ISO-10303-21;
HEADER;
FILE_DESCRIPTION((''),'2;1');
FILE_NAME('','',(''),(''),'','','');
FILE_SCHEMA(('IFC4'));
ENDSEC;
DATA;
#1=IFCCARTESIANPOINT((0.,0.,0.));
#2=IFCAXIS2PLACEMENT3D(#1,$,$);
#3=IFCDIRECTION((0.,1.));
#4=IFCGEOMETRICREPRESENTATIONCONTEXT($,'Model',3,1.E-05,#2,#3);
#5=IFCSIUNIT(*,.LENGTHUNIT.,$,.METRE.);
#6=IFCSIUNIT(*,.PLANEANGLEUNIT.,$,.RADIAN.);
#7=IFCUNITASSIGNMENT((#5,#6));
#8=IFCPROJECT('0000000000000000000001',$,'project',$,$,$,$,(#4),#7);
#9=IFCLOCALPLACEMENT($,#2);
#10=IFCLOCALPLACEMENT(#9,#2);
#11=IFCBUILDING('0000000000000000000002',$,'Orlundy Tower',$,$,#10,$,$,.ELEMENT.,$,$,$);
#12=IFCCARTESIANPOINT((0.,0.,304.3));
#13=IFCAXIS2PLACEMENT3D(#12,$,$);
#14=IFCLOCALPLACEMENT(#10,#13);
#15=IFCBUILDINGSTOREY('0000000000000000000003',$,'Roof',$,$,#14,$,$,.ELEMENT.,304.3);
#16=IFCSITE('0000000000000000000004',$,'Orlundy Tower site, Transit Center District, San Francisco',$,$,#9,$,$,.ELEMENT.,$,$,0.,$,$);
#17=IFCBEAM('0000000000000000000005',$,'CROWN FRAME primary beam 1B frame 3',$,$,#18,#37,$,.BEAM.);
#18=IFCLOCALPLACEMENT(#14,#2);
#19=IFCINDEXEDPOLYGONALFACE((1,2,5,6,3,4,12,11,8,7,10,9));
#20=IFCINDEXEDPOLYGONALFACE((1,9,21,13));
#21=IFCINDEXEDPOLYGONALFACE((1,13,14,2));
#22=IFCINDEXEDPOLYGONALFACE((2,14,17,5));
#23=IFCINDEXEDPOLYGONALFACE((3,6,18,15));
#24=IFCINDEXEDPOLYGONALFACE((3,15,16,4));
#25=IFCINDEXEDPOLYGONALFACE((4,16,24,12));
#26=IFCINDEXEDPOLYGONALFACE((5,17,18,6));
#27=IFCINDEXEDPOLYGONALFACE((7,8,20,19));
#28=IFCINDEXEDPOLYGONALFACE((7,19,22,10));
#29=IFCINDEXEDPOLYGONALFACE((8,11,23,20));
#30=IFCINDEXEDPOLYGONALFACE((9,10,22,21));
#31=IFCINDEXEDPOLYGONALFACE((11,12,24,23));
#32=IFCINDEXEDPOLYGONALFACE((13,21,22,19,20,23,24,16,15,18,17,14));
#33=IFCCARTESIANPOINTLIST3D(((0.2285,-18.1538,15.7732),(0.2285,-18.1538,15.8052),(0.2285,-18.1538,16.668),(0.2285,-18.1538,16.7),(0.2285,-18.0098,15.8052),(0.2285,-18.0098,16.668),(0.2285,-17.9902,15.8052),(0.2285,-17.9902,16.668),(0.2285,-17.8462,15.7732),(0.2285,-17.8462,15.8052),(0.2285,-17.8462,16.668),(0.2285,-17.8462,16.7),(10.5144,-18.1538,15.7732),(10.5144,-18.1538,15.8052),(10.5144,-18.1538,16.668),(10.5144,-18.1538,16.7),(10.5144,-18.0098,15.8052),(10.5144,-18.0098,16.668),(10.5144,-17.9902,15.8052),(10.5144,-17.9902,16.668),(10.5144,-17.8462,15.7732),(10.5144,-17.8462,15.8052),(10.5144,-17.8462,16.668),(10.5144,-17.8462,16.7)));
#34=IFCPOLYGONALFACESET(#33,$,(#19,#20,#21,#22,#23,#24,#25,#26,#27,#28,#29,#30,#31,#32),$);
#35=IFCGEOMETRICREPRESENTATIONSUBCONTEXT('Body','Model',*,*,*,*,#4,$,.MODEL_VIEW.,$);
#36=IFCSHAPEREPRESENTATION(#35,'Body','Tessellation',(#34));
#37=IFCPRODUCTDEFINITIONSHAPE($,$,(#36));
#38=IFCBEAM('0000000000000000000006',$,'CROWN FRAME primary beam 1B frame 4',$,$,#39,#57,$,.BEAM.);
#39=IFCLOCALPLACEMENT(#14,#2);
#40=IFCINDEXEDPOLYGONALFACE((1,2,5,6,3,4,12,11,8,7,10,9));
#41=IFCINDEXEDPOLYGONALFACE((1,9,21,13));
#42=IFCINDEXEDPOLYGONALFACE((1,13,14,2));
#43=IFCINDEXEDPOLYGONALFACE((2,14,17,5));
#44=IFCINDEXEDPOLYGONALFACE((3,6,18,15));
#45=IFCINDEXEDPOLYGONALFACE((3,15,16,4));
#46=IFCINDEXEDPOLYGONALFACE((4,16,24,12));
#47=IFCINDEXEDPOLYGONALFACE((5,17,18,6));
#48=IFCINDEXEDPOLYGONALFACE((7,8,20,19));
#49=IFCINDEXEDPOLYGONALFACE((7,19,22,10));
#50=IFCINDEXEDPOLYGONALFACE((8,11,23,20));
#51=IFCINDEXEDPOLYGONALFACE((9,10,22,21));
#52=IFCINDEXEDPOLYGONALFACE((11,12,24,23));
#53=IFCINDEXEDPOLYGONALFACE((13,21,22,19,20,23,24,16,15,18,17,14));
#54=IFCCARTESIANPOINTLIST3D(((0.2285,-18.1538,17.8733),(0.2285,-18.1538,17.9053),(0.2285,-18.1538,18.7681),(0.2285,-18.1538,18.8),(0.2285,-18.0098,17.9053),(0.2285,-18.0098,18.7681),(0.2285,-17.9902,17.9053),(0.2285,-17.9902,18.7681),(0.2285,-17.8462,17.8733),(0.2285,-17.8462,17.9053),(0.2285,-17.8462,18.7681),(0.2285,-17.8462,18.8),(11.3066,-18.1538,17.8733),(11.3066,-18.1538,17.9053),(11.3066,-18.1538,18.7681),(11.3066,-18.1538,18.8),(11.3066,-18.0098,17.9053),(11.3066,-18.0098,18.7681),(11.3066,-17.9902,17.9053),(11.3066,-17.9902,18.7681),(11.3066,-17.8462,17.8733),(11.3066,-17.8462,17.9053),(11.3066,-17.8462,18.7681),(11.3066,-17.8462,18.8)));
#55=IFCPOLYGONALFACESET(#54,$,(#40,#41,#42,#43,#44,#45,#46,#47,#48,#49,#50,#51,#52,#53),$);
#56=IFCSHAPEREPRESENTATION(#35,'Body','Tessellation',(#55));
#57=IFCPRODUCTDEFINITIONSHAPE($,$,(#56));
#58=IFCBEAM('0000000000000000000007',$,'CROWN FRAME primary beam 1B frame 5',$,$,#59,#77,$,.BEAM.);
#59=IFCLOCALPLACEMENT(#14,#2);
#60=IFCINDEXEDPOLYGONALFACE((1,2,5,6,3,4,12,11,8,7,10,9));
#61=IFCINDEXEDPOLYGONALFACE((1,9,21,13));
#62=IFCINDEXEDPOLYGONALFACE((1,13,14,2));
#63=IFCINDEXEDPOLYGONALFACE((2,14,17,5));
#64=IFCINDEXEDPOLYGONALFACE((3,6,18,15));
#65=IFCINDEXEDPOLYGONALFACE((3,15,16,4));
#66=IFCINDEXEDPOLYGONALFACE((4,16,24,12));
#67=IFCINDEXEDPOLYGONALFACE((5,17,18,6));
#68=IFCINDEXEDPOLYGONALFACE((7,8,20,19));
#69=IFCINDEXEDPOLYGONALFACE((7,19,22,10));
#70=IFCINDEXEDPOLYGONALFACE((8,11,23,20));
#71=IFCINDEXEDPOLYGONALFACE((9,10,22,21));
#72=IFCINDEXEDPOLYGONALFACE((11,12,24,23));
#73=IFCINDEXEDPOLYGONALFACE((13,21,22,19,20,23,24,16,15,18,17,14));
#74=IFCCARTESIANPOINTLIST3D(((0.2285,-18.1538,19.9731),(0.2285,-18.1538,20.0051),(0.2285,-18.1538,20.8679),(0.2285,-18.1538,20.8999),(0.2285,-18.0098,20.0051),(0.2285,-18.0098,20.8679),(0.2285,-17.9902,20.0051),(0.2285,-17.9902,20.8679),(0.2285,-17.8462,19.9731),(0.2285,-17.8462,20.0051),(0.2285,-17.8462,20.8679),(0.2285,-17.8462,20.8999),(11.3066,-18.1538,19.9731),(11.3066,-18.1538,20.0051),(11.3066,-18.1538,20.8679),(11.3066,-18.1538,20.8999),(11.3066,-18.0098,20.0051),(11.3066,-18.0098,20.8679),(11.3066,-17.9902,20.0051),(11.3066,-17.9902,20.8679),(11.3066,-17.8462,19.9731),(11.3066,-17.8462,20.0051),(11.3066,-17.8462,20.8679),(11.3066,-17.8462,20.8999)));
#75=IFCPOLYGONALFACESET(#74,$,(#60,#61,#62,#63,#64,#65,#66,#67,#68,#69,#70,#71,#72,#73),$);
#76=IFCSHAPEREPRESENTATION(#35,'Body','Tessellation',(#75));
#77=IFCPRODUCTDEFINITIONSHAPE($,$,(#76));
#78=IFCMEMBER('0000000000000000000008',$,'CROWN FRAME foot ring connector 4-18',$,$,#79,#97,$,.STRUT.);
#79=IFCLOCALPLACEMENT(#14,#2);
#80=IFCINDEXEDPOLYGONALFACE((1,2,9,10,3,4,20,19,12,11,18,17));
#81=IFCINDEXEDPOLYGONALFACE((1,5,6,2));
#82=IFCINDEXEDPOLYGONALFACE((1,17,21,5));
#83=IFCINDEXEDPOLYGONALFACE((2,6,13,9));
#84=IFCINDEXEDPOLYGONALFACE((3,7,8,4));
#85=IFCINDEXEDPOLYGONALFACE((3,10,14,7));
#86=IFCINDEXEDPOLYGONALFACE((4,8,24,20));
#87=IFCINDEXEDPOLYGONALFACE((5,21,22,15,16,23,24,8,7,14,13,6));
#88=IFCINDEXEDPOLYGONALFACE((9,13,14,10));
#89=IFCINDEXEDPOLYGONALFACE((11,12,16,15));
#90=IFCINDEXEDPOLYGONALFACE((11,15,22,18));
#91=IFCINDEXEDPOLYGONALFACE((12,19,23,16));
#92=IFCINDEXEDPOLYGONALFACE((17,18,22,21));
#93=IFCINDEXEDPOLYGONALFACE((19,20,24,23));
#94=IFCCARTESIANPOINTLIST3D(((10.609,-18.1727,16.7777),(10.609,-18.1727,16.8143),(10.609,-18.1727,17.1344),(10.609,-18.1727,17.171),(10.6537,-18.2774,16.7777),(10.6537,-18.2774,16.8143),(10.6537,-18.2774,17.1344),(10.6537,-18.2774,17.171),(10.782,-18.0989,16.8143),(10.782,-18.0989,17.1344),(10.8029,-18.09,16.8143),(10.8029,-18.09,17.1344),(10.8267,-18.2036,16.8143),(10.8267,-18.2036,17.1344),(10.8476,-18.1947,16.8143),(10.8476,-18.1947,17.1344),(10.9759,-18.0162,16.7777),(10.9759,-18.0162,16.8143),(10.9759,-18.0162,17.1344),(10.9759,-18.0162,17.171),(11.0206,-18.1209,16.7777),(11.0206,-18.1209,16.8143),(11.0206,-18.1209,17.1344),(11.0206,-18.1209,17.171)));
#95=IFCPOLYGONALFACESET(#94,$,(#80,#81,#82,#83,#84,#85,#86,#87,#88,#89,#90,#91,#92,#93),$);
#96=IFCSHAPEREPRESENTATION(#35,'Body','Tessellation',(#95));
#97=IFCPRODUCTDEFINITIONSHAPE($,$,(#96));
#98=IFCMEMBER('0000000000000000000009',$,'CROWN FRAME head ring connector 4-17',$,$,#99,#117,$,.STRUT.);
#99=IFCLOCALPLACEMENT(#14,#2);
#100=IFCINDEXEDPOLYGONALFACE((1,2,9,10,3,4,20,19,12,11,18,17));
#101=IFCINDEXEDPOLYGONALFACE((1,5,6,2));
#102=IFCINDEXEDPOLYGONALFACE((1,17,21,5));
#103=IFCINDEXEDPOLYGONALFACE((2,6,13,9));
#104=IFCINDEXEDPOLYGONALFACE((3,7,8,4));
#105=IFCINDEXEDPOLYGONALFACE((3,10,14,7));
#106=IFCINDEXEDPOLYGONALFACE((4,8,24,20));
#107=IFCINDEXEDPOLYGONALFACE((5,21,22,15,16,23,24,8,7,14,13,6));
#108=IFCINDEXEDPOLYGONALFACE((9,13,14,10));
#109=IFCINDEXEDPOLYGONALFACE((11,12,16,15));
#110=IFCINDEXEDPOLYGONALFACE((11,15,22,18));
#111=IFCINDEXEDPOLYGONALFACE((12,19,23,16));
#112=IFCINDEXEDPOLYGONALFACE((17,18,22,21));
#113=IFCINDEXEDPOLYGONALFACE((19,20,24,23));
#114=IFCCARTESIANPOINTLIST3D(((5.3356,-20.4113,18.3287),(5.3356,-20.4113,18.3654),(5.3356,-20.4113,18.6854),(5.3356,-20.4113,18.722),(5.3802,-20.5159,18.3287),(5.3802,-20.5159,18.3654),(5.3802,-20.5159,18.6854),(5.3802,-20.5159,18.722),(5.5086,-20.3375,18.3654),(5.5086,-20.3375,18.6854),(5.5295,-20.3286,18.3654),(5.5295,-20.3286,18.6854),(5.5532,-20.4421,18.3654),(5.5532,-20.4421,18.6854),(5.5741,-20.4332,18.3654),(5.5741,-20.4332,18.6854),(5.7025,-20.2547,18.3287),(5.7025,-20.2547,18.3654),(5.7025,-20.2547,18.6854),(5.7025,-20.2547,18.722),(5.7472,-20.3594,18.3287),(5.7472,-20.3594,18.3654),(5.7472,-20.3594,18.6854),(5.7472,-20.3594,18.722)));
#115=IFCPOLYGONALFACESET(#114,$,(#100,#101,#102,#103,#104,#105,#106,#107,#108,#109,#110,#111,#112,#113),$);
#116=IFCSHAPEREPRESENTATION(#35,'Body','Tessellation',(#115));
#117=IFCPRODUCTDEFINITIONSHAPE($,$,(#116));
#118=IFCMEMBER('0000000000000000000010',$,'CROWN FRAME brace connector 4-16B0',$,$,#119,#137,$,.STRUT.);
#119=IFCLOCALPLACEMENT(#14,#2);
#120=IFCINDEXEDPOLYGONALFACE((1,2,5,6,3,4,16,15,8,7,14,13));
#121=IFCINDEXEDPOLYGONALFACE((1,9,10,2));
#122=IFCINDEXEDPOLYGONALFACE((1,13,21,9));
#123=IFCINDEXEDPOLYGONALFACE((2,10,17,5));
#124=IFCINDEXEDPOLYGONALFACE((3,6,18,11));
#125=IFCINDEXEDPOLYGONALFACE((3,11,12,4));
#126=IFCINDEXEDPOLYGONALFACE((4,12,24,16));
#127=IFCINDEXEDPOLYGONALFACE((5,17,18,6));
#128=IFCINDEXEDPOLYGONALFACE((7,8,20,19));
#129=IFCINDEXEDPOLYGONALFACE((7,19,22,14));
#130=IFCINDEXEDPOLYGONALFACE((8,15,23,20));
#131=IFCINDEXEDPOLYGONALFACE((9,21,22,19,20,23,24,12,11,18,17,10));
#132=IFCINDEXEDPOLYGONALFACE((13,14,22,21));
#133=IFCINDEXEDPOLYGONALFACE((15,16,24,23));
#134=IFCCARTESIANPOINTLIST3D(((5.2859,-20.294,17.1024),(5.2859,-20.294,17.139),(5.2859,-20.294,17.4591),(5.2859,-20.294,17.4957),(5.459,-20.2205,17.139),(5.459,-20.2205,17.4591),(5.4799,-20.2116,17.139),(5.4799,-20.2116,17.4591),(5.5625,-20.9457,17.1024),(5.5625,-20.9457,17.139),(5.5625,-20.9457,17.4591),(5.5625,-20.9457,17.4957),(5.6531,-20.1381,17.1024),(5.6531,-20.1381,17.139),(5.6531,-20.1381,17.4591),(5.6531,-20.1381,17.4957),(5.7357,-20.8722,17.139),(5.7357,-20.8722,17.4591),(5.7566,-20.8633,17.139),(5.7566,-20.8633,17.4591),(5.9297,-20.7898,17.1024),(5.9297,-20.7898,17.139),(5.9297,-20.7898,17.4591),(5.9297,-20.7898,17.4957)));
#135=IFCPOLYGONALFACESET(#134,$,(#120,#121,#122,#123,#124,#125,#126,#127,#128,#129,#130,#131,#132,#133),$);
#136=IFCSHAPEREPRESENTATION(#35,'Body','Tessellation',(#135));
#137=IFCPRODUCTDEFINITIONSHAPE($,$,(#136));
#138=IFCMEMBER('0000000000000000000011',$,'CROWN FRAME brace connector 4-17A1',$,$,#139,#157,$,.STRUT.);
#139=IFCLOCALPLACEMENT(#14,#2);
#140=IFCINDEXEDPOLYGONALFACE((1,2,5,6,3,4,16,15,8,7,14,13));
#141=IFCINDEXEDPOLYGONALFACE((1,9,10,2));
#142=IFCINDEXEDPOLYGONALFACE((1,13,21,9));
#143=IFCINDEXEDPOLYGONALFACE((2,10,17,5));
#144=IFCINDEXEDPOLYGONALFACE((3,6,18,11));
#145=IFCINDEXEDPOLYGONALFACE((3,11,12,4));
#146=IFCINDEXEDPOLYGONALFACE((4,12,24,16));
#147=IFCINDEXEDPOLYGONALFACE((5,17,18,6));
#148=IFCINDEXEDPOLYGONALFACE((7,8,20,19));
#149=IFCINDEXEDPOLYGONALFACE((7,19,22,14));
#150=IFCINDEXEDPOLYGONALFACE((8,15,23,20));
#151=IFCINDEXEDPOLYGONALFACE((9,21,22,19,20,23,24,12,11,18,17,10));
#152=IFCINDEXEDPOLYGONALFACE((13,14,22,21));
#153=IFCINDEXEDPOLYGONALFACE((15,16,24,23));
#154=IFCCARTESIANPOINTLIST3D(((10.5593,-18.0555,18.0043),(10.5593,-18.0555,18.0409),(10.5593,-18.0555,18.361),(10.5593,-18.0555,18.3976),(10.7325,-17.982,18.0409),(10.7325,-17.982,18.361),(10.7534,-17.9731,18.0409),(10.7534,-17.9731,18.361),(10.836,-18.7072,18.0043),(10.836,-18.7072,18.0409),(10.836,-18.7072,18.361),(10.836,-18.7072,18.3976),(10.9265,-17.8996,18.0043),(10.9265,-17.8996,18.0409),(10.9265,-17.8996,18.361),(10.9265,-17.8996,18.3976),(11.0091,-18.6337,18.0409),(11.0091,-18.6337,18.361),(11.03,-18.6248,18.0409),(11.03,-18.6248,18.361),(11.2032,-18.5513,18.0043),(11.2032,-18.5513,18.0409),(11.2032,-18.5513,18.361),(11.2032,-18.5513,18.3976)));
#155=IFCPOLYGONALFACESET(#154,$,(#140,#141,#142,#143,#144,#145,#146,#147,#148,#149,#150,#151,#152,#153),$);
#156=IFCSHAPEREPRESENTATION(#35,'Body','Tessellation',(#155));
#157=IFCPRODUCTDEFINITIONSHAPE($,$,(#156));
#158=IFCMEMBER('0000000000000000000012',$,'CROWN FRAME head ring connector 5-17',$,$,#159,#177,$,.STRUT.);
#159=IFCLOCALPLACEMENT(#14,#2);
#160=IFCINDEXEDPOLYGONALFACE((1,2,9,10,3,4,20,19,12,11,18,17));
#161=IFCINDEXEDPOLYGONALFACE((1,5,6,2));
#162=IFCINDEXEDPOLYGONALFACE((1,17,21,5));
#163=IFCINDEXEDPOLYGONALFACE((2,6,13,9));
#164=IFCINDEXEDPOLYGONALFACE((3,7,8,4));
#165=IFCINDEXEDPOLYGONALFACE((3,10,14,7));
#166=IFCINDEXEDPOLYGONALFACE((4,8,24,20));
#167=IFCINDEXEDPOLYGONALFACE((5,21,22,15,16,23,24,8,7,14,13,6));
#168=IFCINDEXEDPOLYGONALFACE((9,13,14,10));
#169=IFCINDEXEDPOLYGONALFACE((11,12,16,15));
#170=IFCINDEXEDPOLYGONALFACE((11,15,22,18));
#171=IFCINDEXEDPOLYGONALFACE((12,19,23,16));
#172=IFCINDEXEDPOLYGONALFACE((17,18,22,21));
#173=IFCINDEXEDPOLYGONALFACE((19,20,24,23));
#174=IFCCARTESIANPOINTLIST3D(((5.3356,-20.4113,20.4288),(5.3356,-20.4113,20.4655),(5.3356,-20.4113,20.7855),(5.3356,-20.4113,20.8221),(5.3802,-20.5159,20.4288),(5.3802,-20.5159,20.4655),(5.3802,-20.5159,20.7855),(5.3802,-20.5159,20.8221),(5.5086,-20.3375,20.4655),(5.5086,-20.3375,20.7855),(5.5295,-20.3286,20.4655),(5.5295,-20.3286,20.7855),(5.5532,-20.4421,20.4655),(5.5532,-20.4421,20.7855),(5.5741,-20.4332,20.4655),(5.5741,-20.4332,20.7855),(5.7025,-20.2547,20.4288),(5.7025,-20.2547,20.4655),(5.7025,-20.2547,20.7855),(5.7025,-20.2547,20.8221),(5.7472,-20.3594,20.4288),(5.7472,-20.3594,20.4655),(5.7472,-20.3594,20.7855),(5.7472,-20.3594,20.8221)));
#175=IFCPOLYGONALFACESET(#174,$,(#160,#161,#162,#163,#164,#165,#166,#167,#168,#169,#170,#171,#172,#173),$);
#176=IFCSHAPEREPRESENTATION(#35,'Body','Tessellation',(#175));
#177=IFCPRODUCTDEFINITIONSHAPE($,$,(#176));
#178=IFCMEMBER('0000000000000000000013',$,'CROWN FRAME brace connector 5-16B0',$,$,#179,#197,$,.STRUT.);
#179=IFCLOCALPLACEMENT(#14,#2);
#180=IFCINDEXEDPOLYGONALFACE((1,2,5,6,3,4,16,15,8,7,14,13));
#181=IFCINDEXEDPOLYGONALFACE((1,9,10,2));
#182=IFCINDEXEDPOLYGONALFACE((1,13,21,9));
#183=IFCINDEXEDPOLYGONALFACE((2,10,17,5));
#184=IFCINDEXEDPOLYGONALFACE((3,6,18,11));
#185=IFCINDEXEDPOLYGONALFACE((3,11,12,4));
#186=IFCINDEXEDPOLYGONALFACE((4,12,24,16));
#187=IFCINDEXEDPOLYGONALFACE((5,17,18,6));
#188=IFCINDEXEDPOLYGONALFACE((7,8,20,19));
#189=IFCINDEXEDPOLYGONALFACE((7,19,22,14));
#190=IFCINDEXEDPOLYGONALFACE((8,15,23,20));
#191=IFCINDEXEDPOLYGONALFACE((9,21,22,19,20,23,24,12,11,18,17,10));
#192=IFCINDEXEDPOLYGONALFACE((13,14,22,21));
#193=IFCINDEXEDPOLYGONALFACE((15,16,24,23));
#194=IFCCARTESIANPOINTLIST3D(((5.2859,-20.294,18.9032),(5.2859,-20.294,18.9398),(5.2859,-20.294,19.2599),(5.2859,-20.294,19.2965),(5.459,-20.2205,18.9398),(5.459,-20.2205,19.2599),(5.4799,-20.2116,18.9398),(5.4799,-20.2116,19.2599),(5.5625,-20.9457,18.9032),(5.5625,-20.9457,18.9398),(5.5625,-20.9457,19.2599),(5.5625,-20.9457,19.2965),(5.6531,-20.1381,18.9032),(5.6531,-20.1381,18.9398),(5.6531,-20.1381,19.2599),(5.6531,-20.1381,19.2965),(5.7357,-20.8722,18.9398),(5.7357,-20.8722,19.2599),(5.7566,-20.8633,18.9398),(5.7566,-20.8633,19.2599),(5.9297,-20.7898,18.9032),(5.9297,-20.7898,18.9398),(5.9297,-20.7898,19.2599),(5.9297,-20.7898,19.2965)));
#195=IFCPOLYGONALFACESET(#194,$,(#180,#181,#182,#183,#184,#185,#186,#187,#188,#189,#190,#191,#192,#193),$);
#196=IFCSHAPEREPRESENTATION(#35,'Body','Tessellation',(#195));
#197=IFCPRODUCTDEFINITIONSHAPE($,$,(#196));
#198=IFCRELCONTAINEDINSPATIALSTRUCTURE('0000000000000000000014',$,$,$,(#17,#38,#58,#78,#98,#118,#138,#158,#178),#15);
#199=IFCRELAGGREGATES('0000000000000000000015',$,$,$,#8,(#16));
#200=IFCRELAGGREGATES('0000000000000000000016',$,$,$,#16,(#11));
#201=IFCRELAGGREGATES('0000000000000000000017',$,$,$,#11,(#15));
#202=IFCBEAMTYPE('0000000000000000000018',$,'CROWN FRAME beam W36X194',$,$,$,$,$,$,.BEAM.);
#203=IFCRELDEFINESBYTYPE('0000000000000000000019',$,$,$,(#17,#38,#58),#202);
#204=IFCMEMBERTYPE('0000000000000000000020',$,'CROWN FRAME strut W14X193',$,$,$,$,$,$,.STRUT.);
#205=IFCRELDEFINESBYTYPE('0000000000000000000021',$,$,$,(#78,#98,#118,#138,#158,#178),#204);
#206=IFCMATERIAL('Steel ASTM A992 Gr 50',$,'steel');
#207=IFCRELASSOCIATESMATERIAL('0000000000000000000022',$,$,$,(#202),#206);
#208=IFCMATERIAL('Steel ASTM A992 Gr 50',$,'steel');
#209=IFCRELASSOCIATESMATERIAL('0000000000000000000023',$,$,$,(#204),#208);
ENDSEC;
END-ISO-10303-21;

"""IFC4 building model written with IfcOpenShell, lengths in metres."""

from ifc_helpers import new_model, si_unit, direction, frame, origin, origin_2d, place, context, subcontext, project, spatial, i_section, extrude, material, material_profile, profile_set, type_object, element, save


model = new_model("IFC4")

# Units and contexts
model_context = context("Model", 3, precision=1e-05, world=origin(), true_north=direction((0.0, 1.0)))
body_context = subcontext(model_context, "Body", "Model", "MODEL_VIEW")
ifc_project = project(units=[si_unit("LENGTHUNIT", "METRE"), si_unit("PLANEANGLEUNIT", "RADIAN")], contexts=[model_context])

# Site, building, storey
site_placement = place(None, origin())
site = spatial("IfcSite", under=ifc_project, at=site_placement, Name="Orlundy Tower site, Transit Center District, San Francisco", CompositionType="ELEMENT", RefElevation=0.0)
building_placement = place(site_placement, origin())
building = spatial("IfcBuilding", under=site, at=building_placement, Name="Orlundy Tower", CompositionType="ELEMENT")
storey_placement = place(building_placement, frame((0.0, 0.0, 304.3)))
storey = spatial("IfcBuildingStorey", under=building, at=storey_placement, Name="Roof", CompositionType="ELEMENT", Elevation=304.3)

# Beams
ifc_material_1 = material(Name="Steel ASTM A992 Gr 50", Category="steel")
ifc_material_profile_1 = material_profile(ifc_material_1, i_section(OverallWidth=0.3076, OverallDepth=0.9268, WebThickness=0.0195, FlangeThickness=0.032, at=origin_2d()), Name="W36X194")
ifc_profile_set_1 = profile_set([ifc_material_profile_1], Name="Steel ASTM A992 Gr 50")
beam_type_1 = type_object("IfcBeamType", Name="CROWN FRAME beam W36X194", PredefinedType="BEAM", material=ifc_profile_set_1)
beam_1_placement = place(storey_placement, frame((0.2285, -18.0, 16.2366), z_axis=(1.0, 0.0, 0.0), x_axis=(0.0, 1.0, 0.0)))
element("IfcBeam", 1, at=beam_1_placement, inside=storey, type_object=beam_type_1, Name="CROWN FRAME primary beam 1B frame 3", PredefinedType="BEAM", context=body_context, shape_type="SweptSolid", body=[
    extrude(i_section(OverallWidth=0.3076, OverallDepth=0.9268, WebThickness=0.0195, FlangeThickness=0.032, at=origin_2d()), origin(), (0.0, 0.0, 1.0), 10.2859),
])
for number, where, z_axis, x_axis, name in (
    (2, (0.2285, -18.0, 18.3367), (1.0, 0.0, 0.0), (0.0, 1.0, 0.0), "CROWN FRAME primary beam 1B frame 4"),
    (3, (0.2285, -18.0, 20.4365), (1.0, 0.0, 0.0), (0.0, 1.0, 0.0), "CROWN FRAME primary beam 1B frame 5"),
):
    element("IfcBeam", number, at=place(storey_placement, frame(where, z_axis=z_axis, x_axis=x_axis)), inside=storey, type_object=beam_type_1, Name=name, PredefinedType="BEAM", context=body_context, shape_type="SweptSolid", body=[
        extrude(i_section(OverallWidth=0.3076, OverallDepth=0.9268, WebThickness=0.0195, FlangeThickness=0.032, at=origin_2d()), origin(), (0.0, 0.0, 1.0), 11.0781),
    ])

# Members
ifc_material_2 = material(Name="Steel ASTM A992 Gr 50", Category="steel")
ifc_material_profile_2 = material_profile(ifc_material_2, i_section(OverallWidth=0.3989, OverallDepth=0.3933, WebThickness=0.0227, FlangeThickness=0.0366, at=origin_2d()), Name="W14X193")
ifc_profile_set_2 = profile_set([ifc_material_profile_2], Name="Steel ASTM A992 Gr 50")
member_type = type_object("IfcMemberType", Name="CROWN FRAME strut W14X193", PredefinedType="STRUT", material=ifc_profile_set_2)
for number, where, z_axis, x_axis, name in (
    (4, (10.7925, -18.0945, 16.9744), (0.392366, -0.919809, 0.0), (0.919809, 0.392366, 0.0), "CROWN FRAME foot ring connector 4-18"),
    (5, (5.519, -20.333, 18.5254), (0.392366, -0.919809, 0.0), (0.919809, 0.392366, 0.0), "CROWN FRAME head ring connector 4-17"),
):
    element("IfcMember", number, at=place(storey_placement, frame(where, z_axis=z_axis, x_axis=x_axis)), inside=storey, type_object=member_type, Name=name, PredefinedType="STRUT", context=body_context, shape_type="SweptSolid", body=[
        extrude(i_section(OverallWidth=0.3989, OverallDepth=0.3933, WebThickness=0.0227, FlangeThickness=0.0366, at=origin_2d()), origin(), (0.0, 0.0, 1.0), 0.1138),
    ])
for number, where, z_axis, x_axis, name in (
    (6, (5.4695, -20.2161, 17.2991), (0.390754, -0.920495, 0.0), (0.920495, 0.390754, 0.0), "CROWN FRAME brace connector 4-16B0"),
    (7, (10.7429, -17.9775, 18.2009), (0.390754, -0.920495, 0.0), (0.920495, 0.390754, 0.0), "CROWN FRAME brace connector 4-17A1"),
):
    element("IfcMember", number, at=place(storey_placement, frame(where, z_axis=z_axis, x_axis=x_axis)), inside=storey, type_object=member_type, Name=name, PredefinedType="STRUT", context=body_context, shape_type="SweptSolid", body=[
        extrude(i_section(OverallWidth=0.3989, OverallDepth=0.3933, WebThickness=0.0227, FlangeThickness=0.0366, at=origin_2d()), origin(), (0.0, 0.0, 1.0), 0.708),
    ])
member_placement = place(storey_placement, frame((5.519, -20.333, 20.6255), z_axis=(0.392366, -0.919809, 0.0), x_axis=(0.919809, 0.392366, 0.0)))
element("IfcMember", 8, at=member_placement, inside=storey, type_object=member_type, Name="CROWN FRAME head ring connector 5-17", PredefinedType="STRUT", context=body_context, shape_type="SweptSolid", body=[
    extrude(i_section(OverallWidth=0.3989, OverallDepth=0.3933, WebThickness=0.0227, FlangeThickness=0.0366, at=origin_2d()), origin(), (0.0, 0.0, 1.0), 0.1138),
])
for number, where, z_axis, x_axis, name in (
    (9, (5.4695, -20.2161, 19.0999), (0.390754, -0.920495, 0.0), (0.920495, 0.390754, 0.0), "CROWN FRAME brace connector 5-16B0"),
):
    element("IfcMember", number, at=place(storey_placement, frame(where, z_axis=z_axis, x_axis=x_axis)), inside=storey, type_object=member_type, Name=name, PredefinedType="STRUT", context=body_context, shape_type="SweptSolid", body=[
        extrude(i_section(OverallWidth=0.3989, OverallDepth=0.3933, WebThickness=0.0227, FlangeThickness=0.0366, at=origin_2d()), origin(), (0.0, 0.0, 1.0), 0.708),
    ])

save(model, "model.ifc")
